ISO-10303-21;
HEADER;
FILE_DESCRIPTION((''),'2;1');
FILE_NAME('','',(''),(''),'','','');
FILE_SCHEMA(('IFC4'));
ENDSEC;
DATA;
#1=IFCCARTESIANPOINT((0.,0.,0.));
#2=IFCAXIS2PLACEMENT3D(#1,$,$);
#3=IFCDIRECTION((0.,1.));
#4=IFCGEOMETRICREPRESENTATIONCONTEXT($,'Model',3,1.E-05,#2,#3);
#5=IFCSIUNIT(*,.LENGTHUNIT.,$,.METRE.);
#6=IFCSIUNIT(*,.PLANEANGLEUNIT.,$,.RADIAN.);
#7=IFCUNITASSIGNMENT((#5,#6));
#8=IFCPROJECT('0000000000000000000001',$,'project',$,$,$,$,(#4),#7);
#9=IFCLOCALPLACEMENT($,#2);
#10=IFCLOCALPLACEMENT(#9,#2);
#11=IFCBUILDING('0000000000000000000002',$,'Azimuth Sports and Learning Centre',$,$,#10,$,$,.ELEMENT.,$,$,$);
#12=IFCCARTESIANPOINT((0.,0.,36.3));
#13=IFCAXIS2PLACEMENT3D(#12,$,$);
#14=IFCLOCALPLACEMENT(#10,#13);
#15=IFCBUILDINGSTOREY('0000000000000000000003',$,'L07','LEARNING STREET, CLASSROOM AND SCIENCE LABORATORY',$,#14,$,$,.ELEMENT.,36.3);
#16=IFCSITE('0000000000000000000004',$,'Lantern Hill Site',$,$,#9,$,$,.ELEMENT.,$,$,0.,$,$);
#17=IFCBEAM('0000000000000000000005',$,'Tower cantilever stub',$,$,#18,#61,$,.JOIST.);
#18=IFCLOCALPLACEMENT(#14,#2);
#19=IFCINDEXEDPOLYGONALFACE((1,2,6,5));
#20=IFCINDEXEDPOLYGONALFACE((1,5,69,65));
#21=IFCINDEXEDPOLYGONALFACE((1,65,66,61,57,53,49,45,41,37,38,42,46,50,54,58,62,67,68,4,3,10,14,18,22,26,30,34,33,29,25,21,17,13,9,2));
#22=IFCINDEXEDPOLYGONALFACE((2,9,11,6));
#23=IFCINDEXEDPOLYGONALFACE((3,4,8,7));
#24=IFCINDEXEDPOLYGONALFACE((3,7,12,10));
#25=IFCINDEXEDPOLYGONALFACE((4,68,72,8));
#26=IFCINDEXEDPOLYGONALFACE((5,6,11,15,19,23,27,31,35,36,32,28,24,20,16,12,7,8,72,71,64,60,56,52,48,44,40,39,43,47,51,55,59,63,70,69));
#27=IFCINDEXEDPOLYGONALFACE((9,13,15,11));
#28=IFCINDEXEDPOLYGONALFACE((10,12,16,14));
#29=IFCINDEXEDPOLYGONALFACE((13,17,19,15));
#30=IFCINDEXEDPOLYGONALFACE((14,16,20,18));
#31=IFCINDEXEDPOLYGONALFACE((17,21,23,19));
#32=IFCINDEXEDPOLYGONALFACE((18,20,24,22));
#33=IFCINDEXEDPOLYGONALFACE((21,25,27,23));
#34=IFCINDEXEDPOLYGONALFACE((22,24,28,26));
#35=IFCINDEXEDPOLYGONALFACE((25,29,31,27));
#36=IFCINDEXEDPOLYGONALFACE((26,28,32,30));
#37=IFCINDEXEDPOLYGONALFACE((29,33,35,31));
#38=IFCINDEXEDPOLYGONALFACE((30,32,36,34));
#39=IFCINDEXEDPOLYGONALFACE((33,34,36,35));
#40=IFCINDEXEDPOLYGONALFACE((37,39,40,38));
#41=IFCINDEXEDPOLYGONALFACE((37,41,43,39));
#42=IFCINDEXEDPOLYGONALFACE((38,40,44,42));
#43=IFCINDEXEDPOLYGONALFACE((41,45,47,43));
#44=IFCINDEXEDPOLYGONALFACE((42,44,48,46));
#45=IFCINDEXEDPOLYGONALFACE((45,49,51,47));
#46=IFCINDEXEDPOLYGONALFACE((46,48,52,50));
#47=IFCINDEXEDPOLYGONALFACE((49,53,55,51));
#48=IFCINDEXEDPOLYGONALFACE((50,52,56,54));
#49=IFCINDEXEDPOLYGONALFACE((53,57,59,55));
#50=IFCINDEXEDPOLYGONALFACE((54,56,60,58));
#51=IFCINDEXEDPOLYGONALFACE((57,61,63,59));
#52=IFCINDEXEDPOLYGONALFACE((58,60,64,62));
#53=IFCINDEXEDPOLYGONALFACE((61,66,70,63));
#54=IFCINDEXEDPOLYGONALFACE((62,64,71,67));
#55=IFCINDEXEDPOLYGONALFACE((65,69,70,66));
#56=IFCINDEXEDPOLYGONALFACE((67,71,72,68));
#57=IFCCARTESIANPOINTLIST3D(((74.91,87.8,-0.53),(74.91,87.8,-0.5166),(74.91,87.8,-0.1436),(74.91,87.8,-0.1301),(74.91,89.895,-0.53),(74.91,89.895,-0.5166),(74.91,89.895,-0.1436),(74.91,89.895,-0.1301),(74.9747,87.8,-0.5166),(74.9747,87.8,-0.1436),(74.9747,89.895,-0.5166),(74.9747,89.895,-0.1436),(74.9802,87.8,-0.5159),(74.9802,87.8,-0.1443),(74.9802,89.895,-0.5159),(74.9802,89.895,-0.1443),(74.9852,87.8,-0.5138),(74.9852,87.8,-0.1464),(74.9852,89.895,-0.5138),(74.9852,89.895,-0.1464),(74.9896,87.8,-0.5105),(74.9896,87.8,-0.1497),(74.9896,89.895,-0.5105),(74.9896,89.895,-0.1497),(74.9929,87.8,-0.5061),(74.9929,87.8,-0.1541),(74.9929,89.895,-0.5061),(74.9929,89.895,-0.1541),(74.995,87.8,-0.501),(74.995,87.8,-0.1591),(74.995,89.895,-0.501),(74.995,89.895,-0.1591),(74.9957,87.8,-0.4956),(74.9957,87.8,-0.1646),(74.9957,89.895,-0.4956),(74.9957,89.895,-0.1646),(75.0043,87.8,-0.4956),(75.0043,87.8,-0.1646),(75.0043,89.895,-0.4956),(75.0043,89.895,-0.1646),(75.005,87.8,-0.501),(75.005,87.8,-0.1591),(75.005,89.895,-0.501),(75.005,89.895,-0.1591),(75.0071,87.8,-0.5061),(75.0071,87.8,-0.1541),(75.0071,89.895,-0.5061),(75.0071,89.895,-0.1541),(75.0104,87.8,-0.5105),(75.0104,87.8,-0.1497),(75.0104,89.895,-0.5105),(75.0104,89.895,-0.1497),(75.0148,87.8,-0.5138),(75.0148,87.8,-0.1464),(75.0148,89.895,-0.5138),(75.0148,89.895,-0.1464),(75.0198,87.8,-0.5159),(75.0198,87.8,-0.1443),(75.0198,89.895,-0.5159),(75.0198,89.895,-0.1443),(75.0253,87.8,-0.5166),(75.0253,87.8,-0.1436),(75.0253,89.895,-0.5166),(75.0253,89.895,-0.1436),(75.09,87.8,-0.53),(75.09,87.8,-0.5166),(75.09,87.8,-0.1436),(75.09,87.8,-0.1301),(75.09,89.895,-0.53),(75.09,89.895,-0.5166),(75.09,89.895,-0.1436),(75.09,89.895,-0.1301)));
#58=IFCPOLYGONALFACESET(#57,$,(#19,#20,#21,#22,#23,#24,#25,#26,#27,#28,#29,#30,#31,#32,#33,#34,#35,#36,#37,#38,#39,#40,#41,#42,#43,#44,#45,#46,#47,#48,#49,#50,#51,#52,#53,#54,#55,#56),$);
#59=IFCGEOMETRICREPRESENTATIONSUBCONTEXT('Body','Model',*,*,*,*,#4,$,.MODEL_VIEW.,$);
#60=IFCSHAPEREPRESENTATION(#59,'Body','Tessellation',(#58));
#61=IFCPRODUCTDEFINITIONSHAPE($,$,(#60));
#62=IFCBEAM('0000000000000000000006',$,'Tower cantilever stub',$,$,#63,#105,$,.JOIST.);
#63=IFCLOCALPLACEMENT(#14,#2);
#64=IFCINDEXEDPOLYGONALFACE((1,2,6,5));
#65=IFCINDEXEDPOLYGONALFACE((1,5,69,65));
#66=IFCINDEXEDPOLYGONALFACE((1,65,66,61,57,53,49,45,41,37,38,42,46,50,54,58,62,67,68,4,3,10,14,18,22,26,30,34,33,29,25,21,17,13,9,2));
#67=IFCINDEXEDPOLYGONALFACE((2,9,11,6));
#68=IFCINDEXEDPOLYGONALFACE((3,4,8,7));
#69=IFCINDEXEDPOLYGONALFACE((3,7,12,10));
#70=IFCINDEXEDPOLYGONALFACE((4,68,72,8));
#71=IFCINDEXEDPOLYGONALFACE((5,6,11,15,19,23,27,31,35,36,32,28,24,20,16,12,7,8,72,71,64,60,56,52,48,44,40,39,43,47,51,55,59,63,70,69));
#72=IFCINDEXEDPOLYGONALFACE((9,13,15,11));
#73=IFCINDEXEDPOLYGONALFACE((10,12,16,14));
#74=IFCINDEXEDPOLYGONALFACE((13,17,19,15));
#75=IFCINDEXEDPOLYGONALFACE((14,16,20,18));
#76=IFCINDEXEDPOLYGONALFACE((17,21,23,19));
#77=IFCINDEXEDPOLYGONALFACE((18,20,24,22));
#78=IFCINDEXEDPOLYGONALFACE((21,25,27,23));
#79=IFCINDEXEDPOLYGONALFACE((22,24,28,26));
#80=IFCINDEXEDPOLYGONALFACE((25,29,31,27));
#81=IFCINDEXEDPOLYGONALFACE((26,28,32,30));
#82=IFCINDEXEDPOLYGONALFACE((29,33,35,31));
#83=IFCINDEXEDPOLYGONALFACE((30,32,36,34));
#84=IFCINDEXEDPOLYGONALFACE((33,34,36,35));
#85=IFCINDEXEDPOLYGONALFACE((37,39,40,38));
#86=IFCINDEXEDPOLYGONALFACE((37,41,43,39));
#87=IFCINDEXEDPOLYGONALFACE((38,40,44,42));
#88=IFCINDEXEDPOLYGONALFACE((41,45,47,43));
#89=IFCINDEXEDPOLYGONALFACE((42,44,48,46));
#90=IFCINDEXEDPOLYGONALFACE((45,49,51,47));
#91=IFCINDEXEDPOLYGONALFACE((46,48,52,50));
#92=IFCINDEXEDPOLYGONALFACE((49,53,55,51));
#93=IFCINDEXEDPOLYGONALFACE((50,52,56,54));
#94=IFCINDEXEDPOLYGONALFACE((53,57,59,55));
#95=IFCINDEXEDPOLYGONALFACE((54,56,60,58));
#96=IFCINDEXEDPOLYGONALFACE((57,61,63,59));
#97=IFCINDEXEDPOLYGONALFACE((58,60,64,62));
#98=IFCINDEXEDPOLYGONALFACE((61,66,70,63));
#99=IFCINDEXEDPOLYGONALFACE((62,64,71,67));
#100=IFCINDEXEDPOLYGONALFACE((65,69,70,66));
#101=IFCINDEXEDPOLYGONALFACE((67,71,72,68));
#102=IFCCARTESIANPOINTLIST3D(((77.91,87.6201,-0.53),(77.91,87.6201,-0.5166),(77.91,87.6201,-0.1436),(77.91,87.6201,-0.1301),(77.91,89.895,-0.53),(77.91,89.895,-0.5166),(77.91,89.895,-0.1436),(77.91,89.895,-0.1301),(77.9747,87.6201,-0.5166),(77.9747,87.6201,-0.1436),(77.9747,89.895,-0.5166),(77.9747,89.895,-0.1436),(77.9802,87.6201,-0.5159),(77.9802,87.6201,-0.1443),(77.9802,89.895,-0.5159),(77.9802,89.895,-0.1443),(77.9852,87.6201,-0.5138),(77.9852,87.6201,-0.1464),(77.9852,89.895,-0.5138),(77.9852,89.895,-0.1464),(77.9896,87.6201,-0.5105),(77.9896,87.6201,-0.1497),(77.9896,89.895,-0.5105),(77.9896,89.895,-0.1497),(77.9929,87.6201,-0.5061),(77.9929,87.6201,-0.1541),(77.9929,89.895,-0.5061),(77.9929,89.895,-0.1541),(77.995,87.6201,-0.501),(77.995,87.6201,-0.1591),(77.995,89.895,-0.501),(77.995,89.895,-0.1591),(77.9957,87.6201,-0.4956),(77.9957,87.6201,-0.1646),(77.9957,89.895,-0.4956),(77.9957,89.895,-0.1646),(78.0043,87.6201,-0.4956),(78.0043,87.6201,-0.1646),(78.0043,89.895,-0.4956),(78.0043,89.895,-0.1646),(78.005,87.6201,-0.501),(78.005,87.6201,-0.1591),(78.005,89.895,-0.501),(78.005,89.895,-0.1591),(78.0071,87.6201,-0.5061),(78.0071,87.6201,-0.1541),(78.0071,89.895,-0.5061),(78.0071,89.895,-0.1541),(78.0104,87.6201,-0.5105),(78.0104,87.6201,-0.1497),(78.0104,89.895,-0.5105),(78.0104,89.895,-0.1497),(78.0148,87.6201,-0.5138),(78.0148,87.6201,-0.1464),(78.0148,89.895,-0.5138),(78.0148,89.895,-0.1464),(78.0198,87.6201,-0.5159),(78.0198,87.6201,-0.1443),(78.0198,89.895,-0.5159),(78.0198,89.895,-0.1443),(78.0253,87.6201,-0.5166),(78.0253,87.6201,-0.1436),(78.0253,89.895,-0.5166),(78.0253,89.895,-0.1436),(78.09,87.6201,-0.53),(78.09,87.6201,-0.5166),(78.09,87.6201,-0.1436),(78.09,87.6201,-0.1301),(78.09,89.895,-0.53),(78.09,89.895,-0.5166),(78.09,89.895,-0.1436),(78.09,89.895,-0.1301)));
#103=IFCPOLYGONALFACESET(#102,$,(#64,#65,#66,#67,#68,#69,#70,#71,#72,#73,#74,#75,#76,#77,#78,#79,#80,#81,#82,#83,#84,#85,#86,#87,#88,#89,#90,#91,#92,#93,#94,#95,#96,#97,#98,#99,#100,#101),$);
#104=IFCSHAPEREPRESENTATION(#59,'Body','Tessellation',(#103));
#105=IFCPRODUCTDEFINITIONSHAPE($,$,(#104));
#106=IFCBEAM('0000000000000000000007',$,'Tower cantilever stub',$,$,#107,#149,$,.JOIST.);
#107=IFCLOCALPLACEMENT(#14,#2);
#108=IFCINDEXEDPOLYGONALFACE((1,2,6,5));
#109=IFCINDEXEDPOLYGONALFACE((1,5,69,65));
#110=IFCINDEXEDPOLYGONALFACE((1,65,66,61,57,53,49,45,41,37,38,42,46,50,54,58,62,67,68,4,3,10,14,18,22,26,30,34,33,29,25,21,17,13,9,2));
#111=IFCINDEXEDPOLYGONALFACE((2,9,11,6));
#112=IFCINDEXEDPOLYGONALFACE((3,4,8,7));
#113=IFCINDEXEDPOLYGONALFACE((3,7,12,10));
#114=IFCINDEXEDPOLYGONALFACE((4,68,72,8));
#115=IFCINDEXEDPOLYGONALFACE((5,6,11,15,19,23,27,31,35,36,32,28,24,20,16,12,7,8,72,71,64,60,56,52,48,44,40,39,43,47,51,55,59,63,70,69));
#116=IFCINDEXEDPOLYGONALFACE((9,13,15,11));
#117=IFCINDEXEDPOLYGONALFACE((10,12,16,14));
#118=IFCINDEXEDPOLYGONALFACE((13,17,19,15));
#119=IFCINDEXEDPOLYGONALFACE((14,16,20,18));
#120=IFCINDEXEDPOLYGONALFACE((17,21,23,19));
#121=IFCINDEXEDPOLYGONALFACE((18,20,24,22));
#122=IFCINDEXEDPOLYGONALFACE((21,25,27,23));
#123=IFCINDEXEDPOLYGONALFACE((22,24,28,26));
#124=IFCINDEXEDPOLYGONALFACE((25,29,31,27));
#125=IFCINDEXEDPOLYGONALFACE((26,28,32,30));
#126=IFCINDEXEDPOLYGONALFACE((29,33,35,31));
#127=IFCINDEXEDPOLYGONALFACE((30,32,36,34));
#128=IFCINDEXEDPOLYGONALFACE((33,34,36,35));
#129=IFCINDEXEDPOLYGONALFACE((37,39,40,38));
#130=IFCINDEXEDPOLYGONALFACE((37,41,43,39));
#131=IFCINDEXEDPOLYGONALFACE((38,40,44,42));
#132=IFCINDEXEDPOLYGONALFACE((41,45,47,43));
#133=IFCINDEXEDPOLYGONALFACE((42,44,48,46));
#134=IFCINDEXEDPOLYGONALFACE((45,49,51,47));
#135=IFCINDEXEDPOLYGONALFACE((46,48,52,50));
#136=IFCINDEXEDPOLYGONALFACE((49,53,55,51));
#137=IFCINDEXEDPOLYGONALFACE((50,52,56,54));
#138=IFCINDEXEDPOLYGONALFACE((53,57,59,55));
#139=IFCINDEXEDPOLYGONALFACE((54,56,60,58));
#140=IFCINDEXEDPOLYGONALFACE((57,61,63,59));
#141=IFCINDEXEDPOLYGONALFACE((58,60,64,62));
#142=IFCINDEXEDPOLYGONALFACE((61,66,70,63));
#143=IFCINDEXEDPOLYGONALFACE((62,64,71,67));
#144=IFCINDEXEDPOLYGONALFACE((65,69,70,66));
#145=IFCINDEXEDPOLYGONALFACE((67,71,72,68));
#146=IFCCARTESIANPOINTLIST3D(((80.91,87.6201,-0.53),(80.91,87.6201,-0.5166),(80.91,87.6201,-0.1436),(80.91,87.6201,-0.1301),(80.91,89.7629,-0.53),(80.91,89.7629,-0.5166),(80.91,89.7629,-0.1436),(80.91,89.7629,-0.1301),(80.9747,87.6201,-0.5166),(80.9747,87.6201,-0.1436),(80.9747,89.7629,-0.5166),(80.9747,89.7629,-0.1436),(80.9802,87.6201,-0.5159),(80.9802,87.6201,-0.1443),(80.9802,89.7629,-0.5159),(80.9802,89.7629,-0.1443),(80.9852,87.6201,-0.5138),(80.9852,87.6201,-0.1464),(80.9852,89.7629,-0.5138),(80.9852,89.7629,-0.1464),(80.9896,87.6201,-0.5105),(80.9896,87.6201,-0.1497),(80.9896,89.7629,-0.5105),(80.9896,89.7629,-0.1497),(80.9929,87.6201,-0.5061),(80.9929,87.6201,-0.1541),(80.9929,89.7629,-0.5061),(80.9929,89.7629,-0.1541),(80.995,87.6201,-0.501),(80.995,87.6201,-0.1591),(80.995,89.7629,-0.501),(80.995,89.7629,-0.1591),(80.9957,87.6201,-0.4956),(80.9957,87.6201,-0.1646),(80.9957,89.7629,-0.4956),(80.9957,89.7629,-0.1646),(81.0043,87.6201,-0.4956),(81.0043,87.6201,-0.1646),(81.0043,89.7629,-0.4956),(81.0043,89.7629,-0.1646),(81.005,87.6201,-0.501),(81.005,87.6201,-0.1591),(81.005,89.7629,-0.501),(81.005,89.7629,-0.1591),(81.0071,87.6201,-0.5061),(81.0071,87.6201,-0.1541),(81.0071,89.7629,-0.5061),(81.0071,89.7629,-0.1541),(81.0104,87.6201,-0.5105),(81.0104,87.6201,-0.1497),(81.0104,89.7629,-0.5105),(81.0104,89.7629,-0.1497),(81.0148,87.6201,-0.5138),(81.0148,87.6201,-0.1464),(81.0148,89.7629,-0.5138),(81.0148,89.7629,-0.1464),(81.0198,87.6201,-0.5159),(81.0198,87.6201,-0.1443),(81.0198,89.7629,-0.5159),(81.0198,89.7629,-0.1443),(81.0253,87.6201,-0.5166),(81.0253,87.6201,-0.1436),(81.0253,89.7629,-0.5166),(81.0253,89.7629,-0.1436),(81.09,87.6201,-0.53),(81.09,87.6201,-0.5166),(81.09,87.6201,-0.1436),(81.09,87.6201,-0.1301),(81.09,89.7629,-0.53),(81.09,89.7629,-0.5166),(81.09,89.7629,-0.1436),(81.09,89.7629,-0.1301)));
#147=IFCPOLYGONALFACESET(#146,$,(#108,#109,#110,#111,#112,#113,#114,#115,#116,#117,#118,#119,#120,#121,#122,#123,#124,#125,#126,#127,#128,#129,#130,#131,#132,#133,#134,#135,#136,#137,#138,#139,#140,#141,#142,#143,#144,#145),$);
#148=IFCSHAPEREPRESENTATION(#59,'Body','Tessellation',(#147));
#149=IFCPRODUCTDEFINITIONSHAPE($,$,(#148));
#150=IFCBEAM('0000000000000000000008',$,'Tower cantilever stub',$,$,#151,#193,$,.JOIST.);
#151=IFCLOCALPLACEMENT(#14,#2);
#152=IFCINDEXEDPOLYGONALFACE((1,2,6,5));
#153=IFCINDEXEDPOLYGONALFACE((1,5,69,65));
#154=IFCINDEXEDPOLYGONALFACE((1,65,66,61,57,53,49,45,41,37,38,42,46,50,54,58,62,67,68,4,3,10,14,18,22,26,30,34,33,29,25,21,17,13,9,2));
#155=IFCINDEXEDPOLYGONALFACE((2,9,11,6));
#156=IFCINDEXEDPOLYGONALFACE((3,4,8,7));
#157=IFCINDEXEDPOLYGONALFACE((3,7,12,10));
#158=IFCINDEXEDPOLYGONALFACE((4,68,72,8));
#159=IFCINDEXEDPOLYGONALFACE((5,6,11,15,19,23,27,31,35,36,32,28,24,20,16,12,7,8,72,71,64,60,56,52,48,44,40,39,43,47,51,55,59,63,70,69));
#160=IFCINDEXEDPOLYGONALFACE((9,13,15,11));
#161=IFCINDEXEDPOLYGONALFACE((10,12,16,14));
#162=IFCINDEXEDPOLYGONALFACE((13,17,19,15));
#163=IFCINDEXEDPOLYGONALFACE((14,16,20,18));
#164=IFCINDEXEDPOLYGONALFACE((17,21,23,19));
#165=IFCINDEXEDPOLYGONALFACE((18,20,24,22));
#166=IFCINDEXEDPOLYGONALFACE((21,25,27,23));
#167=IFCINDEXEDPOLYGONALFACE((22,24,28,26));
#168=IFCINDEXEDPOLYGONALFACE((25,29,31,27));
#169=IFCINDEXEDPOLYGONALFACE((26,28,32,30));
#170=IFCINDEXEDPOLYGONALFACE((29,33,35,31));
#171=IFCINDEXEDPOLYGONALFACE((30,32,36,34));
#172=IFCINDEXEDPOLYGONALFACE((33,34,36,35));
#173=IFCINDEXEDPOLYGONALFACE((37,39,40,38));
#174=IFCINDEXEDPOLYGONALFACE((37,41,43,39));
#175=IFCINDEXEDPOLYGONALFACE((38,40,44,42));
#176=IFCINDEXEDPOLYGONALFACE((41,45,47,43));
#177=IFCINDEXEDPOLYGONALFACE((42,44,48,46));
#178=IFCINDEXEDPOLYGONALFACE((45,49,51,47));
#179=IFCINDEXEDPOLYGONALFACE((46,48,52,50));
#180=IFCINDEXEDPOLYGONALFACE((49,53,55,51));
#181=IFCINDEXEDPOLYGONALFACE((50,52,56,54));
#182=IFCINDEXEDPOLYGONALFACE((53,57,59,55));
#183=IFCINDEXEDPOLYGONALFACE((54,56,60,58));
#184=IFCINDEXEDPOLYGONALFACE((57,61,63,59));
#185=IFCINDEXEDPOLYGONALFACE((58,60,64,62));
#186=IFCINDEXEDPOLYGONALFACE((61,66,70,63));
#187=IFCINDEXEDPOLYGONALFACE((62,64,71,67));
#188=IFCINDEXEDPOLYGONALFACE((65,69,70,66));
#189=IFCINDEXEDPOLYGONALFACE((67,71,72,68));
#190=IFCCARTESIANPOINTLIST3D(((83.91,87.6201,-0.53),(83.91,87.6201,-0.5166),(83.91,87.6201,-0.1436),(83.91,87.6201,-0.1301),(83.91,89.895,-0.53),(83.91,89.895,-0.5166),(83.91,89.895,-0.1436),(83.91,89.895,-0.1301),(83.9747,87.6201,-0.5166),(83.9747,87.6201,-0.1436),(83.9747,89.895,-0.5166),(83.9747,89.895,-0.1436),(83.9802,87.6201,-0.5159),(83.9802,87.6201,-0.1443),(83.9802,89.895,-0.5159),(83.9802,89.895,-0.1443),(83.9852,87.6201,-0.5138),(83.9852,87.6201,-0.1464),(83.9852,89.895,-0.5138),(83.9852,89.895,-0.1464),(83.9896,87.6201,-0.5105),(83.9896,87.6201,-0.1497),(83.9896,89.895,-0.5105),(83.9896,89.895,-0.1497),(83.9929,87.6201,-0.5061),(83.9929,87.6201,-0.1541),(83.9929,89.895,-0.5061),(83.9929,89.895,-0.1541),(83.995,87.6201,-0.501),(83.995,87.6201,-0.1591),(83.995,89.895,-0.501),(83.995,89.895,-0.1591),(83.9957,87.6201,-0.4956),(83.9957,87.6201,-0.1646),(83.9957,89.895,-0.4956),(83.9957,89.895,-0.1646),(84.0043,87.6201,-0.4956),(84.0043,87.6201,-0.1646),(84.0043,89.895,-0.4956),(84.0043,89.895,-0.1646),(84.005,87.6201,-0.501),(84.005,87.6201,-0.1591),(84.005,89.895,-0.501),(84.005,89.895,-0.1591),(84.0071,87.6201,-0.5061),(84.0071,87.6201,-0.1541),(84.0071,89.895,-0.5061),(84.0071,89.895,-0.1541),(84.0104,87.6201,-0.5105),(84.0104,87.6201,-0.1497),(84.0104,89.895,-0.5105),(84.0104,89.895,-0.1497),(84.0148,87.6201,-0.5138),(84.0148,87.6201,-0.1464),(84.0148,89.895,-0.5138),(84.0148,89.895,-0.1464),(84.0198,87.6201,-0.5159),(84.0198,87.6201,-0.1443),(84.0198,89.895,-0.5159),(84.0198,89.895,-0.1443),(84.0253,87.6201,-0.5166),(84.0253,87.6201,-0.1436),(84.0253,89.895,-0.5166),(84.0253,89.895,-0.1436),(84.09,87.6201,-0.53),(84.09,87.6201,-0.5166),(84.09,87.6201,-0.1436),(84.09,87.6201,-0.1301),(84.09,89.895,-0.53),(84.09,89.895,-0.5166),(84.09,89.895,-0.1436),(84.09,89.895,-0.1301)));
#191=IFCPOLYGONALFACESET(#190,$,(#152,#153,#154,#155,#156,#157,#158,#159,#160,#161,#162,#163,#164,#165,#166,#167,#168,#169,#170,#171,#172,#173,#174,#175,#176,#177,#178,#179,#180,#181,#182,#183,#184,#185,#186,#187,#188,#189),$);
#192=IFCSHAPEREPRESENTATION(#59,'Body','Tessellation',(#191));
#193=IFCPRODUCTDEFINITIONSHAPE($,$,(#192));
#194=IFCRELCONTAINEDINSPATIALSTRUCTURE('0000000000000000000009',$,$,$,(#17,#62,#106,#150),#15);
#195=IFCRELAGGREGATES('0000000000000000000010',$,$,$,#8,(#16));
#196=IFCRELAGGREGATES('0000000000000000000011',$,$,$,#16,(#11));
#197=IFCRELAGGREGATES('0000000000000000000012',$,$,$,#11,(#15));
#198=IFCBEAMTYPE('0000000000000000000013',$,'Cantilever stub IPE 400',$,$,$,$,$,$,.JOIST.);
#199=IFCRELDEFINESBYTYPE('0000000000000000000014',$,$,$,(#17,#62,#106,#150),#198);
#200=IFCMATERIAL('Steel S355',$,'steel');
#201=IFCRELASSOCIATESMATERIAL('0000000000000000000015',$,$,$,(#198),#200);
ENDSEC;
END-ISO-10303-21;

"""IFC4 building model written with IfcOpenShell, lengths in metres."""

from ifc_helpers import new_model, si_unit, direction, frame, origin, origin_2d, place, context, subcontext, project, spatial, i_section, extrude, material, material_profile, profile_set, type_object, element, save


model = new_model("IFC4")

# Units and contexts
model_context = context("Model", 3, precision=1e-05, world=origin(), true_north=direction((0.0, 1.0)))
body_context = subcontext(model_context, "Body", "Model", "MODEL_VIEW")
ifc_project = project(units=[si_unit("LENGTHUNIT", "METRE"), si_unit("PLANEANGLEUNIT", "RADIAN")], contexts=[model_context])

# Site, building, storey
site_placement = place(None, origin())
site = spatial("IfcSite", under=ifc_project, at=site_placement, Name="Lantern Hill Site", CompositionType="ELEMENT", RefElevation=0.0)
building_placement = place(site_placement, origin())
building = spatial("IfcBuilding", under=site, at=building_placement, Name="Azimuth Sports and Learning Centre", CompositionType="ELEMENT")
storey_placement = place(building_placement, frame((0.0, 0.0, 36.3)))
storey = spatial("IfcBuildingStorey", under=building, at=storey_placement, Name="L07", Description="LEARNING STREET, CLASSROOM AND SCIENCE LABORATORY", CompositionType="ELEMENT", Elevation=36.3)

# Beams
ifc_material_1 = material(Name="Steel S355", Category="steel")
ifc_material_profile_1 = material_profile(ifc_material_1, i_section(OverallWidth=0.1799, OverallDepth=0.3999, WebThickness=0.0085, FlangeThickness=0.0134, FilletRadius=0.021, at=origin_2d()), Name="IPE 400")
ifc_profile_set_1 = profile_set([ifc_material_profile_1], Name="Steel S355")
beam_type_1 = type_object("IfcBeamType", Name="Cantilever stub IPE 400", PredefinedType="JOIST", material=ifc_profile_set_1)
beam_1_placement = place(storey_placement, frame((75.0, 89.895, -0.3301), z_axis=(0.0, -1.0, 0.0), x_axis=(1.0, 0.0, 0.0)))
element("IfcBeam", 1, at=beam_1_placement, inside=storey, type_object=beam_type_1, Name="Tower cantilever stub", PredefinedType="JOIST", context=body_context, shape_type="SweptSolid", body=[
    extrude(i_section(OverallWidth=0.1799, OverallDepth=0.3999, WebThickness=0.0085, FlangeThickness=0.0134, FilletRadius=0.021, at=origin_2d()), origin(), (0.0, 0.0, 1.0), 2.095),
])
beam_2_placement = place(storey_placement, frame((78.0, 89.895, -0.3301), z_axis=(0.0, -1.0, 0.0), x_axis=(1.0, 0.0, 0.0)))
element("IfcBeam", 2, at=beam_2_placement, inside=storey, type_object=beam_type_1, Name="Tower cantilever stub", PredefinedType="JOIST", context=body_context, shape_type="SweptSolid", body=[
    extrude(i_section(OverallWidth=0.1799, OverallDepth=0.3999, WebThickness=0.0085, FlangeThickness=0.0134, FilletRadius=0.021, at=origin_2d()), origin(), (0.0, 0.0, 1.0), 2.2749),
])
beam_3_placement = place(storey_placement, frame((81.0, 89.7629, -0.3301), z_axis=(0.0, -1.0, 0.0), x_axis=(1.0, 0.0, 0.0)))
element("IfcBeam", 3, at=beam_3_placement, inside=storey, type_object=beam_type_1, Name="Tower cantilever stub", PredefinedType="JOIST", context=body_context, shape_type="SweptSolid", body=[
    extrude(i_section(OverallWidth=0.1799, OverallDepth=0.3999, WebThickness=0.0085, FlangeThickness=0.0134, FilletRadius=0.021, at=origin_2d()), origin(), (0.0, 0.0, 1.0), 2.1428),
])
beam_4_placement = place(storey_placement, frame((84.0, 89.895, -0.3301), z_axis=(0.0, -1.0, 0.0), x_axis=(1.0, 0.0, 0.0)))
element("IfcBeam", 4, at=beam_4_placement, inside=storey, type_object=beam_type_1, Name="Tower cantilever stub", PredefinedType="JOIST", context=body_context, shape_type="SweptSolid", body=[
    extrude(i_section(OverallWidth=0.1799, OverallDepth=0.3999, WebThickness=0.0085, FlangeThickness=0.0134, FilletRadius=0.021, at=origin_2d()), origin(), (0.0, 0.0, 1.0), 2.2749),
])

save(model, "model.ifc")
